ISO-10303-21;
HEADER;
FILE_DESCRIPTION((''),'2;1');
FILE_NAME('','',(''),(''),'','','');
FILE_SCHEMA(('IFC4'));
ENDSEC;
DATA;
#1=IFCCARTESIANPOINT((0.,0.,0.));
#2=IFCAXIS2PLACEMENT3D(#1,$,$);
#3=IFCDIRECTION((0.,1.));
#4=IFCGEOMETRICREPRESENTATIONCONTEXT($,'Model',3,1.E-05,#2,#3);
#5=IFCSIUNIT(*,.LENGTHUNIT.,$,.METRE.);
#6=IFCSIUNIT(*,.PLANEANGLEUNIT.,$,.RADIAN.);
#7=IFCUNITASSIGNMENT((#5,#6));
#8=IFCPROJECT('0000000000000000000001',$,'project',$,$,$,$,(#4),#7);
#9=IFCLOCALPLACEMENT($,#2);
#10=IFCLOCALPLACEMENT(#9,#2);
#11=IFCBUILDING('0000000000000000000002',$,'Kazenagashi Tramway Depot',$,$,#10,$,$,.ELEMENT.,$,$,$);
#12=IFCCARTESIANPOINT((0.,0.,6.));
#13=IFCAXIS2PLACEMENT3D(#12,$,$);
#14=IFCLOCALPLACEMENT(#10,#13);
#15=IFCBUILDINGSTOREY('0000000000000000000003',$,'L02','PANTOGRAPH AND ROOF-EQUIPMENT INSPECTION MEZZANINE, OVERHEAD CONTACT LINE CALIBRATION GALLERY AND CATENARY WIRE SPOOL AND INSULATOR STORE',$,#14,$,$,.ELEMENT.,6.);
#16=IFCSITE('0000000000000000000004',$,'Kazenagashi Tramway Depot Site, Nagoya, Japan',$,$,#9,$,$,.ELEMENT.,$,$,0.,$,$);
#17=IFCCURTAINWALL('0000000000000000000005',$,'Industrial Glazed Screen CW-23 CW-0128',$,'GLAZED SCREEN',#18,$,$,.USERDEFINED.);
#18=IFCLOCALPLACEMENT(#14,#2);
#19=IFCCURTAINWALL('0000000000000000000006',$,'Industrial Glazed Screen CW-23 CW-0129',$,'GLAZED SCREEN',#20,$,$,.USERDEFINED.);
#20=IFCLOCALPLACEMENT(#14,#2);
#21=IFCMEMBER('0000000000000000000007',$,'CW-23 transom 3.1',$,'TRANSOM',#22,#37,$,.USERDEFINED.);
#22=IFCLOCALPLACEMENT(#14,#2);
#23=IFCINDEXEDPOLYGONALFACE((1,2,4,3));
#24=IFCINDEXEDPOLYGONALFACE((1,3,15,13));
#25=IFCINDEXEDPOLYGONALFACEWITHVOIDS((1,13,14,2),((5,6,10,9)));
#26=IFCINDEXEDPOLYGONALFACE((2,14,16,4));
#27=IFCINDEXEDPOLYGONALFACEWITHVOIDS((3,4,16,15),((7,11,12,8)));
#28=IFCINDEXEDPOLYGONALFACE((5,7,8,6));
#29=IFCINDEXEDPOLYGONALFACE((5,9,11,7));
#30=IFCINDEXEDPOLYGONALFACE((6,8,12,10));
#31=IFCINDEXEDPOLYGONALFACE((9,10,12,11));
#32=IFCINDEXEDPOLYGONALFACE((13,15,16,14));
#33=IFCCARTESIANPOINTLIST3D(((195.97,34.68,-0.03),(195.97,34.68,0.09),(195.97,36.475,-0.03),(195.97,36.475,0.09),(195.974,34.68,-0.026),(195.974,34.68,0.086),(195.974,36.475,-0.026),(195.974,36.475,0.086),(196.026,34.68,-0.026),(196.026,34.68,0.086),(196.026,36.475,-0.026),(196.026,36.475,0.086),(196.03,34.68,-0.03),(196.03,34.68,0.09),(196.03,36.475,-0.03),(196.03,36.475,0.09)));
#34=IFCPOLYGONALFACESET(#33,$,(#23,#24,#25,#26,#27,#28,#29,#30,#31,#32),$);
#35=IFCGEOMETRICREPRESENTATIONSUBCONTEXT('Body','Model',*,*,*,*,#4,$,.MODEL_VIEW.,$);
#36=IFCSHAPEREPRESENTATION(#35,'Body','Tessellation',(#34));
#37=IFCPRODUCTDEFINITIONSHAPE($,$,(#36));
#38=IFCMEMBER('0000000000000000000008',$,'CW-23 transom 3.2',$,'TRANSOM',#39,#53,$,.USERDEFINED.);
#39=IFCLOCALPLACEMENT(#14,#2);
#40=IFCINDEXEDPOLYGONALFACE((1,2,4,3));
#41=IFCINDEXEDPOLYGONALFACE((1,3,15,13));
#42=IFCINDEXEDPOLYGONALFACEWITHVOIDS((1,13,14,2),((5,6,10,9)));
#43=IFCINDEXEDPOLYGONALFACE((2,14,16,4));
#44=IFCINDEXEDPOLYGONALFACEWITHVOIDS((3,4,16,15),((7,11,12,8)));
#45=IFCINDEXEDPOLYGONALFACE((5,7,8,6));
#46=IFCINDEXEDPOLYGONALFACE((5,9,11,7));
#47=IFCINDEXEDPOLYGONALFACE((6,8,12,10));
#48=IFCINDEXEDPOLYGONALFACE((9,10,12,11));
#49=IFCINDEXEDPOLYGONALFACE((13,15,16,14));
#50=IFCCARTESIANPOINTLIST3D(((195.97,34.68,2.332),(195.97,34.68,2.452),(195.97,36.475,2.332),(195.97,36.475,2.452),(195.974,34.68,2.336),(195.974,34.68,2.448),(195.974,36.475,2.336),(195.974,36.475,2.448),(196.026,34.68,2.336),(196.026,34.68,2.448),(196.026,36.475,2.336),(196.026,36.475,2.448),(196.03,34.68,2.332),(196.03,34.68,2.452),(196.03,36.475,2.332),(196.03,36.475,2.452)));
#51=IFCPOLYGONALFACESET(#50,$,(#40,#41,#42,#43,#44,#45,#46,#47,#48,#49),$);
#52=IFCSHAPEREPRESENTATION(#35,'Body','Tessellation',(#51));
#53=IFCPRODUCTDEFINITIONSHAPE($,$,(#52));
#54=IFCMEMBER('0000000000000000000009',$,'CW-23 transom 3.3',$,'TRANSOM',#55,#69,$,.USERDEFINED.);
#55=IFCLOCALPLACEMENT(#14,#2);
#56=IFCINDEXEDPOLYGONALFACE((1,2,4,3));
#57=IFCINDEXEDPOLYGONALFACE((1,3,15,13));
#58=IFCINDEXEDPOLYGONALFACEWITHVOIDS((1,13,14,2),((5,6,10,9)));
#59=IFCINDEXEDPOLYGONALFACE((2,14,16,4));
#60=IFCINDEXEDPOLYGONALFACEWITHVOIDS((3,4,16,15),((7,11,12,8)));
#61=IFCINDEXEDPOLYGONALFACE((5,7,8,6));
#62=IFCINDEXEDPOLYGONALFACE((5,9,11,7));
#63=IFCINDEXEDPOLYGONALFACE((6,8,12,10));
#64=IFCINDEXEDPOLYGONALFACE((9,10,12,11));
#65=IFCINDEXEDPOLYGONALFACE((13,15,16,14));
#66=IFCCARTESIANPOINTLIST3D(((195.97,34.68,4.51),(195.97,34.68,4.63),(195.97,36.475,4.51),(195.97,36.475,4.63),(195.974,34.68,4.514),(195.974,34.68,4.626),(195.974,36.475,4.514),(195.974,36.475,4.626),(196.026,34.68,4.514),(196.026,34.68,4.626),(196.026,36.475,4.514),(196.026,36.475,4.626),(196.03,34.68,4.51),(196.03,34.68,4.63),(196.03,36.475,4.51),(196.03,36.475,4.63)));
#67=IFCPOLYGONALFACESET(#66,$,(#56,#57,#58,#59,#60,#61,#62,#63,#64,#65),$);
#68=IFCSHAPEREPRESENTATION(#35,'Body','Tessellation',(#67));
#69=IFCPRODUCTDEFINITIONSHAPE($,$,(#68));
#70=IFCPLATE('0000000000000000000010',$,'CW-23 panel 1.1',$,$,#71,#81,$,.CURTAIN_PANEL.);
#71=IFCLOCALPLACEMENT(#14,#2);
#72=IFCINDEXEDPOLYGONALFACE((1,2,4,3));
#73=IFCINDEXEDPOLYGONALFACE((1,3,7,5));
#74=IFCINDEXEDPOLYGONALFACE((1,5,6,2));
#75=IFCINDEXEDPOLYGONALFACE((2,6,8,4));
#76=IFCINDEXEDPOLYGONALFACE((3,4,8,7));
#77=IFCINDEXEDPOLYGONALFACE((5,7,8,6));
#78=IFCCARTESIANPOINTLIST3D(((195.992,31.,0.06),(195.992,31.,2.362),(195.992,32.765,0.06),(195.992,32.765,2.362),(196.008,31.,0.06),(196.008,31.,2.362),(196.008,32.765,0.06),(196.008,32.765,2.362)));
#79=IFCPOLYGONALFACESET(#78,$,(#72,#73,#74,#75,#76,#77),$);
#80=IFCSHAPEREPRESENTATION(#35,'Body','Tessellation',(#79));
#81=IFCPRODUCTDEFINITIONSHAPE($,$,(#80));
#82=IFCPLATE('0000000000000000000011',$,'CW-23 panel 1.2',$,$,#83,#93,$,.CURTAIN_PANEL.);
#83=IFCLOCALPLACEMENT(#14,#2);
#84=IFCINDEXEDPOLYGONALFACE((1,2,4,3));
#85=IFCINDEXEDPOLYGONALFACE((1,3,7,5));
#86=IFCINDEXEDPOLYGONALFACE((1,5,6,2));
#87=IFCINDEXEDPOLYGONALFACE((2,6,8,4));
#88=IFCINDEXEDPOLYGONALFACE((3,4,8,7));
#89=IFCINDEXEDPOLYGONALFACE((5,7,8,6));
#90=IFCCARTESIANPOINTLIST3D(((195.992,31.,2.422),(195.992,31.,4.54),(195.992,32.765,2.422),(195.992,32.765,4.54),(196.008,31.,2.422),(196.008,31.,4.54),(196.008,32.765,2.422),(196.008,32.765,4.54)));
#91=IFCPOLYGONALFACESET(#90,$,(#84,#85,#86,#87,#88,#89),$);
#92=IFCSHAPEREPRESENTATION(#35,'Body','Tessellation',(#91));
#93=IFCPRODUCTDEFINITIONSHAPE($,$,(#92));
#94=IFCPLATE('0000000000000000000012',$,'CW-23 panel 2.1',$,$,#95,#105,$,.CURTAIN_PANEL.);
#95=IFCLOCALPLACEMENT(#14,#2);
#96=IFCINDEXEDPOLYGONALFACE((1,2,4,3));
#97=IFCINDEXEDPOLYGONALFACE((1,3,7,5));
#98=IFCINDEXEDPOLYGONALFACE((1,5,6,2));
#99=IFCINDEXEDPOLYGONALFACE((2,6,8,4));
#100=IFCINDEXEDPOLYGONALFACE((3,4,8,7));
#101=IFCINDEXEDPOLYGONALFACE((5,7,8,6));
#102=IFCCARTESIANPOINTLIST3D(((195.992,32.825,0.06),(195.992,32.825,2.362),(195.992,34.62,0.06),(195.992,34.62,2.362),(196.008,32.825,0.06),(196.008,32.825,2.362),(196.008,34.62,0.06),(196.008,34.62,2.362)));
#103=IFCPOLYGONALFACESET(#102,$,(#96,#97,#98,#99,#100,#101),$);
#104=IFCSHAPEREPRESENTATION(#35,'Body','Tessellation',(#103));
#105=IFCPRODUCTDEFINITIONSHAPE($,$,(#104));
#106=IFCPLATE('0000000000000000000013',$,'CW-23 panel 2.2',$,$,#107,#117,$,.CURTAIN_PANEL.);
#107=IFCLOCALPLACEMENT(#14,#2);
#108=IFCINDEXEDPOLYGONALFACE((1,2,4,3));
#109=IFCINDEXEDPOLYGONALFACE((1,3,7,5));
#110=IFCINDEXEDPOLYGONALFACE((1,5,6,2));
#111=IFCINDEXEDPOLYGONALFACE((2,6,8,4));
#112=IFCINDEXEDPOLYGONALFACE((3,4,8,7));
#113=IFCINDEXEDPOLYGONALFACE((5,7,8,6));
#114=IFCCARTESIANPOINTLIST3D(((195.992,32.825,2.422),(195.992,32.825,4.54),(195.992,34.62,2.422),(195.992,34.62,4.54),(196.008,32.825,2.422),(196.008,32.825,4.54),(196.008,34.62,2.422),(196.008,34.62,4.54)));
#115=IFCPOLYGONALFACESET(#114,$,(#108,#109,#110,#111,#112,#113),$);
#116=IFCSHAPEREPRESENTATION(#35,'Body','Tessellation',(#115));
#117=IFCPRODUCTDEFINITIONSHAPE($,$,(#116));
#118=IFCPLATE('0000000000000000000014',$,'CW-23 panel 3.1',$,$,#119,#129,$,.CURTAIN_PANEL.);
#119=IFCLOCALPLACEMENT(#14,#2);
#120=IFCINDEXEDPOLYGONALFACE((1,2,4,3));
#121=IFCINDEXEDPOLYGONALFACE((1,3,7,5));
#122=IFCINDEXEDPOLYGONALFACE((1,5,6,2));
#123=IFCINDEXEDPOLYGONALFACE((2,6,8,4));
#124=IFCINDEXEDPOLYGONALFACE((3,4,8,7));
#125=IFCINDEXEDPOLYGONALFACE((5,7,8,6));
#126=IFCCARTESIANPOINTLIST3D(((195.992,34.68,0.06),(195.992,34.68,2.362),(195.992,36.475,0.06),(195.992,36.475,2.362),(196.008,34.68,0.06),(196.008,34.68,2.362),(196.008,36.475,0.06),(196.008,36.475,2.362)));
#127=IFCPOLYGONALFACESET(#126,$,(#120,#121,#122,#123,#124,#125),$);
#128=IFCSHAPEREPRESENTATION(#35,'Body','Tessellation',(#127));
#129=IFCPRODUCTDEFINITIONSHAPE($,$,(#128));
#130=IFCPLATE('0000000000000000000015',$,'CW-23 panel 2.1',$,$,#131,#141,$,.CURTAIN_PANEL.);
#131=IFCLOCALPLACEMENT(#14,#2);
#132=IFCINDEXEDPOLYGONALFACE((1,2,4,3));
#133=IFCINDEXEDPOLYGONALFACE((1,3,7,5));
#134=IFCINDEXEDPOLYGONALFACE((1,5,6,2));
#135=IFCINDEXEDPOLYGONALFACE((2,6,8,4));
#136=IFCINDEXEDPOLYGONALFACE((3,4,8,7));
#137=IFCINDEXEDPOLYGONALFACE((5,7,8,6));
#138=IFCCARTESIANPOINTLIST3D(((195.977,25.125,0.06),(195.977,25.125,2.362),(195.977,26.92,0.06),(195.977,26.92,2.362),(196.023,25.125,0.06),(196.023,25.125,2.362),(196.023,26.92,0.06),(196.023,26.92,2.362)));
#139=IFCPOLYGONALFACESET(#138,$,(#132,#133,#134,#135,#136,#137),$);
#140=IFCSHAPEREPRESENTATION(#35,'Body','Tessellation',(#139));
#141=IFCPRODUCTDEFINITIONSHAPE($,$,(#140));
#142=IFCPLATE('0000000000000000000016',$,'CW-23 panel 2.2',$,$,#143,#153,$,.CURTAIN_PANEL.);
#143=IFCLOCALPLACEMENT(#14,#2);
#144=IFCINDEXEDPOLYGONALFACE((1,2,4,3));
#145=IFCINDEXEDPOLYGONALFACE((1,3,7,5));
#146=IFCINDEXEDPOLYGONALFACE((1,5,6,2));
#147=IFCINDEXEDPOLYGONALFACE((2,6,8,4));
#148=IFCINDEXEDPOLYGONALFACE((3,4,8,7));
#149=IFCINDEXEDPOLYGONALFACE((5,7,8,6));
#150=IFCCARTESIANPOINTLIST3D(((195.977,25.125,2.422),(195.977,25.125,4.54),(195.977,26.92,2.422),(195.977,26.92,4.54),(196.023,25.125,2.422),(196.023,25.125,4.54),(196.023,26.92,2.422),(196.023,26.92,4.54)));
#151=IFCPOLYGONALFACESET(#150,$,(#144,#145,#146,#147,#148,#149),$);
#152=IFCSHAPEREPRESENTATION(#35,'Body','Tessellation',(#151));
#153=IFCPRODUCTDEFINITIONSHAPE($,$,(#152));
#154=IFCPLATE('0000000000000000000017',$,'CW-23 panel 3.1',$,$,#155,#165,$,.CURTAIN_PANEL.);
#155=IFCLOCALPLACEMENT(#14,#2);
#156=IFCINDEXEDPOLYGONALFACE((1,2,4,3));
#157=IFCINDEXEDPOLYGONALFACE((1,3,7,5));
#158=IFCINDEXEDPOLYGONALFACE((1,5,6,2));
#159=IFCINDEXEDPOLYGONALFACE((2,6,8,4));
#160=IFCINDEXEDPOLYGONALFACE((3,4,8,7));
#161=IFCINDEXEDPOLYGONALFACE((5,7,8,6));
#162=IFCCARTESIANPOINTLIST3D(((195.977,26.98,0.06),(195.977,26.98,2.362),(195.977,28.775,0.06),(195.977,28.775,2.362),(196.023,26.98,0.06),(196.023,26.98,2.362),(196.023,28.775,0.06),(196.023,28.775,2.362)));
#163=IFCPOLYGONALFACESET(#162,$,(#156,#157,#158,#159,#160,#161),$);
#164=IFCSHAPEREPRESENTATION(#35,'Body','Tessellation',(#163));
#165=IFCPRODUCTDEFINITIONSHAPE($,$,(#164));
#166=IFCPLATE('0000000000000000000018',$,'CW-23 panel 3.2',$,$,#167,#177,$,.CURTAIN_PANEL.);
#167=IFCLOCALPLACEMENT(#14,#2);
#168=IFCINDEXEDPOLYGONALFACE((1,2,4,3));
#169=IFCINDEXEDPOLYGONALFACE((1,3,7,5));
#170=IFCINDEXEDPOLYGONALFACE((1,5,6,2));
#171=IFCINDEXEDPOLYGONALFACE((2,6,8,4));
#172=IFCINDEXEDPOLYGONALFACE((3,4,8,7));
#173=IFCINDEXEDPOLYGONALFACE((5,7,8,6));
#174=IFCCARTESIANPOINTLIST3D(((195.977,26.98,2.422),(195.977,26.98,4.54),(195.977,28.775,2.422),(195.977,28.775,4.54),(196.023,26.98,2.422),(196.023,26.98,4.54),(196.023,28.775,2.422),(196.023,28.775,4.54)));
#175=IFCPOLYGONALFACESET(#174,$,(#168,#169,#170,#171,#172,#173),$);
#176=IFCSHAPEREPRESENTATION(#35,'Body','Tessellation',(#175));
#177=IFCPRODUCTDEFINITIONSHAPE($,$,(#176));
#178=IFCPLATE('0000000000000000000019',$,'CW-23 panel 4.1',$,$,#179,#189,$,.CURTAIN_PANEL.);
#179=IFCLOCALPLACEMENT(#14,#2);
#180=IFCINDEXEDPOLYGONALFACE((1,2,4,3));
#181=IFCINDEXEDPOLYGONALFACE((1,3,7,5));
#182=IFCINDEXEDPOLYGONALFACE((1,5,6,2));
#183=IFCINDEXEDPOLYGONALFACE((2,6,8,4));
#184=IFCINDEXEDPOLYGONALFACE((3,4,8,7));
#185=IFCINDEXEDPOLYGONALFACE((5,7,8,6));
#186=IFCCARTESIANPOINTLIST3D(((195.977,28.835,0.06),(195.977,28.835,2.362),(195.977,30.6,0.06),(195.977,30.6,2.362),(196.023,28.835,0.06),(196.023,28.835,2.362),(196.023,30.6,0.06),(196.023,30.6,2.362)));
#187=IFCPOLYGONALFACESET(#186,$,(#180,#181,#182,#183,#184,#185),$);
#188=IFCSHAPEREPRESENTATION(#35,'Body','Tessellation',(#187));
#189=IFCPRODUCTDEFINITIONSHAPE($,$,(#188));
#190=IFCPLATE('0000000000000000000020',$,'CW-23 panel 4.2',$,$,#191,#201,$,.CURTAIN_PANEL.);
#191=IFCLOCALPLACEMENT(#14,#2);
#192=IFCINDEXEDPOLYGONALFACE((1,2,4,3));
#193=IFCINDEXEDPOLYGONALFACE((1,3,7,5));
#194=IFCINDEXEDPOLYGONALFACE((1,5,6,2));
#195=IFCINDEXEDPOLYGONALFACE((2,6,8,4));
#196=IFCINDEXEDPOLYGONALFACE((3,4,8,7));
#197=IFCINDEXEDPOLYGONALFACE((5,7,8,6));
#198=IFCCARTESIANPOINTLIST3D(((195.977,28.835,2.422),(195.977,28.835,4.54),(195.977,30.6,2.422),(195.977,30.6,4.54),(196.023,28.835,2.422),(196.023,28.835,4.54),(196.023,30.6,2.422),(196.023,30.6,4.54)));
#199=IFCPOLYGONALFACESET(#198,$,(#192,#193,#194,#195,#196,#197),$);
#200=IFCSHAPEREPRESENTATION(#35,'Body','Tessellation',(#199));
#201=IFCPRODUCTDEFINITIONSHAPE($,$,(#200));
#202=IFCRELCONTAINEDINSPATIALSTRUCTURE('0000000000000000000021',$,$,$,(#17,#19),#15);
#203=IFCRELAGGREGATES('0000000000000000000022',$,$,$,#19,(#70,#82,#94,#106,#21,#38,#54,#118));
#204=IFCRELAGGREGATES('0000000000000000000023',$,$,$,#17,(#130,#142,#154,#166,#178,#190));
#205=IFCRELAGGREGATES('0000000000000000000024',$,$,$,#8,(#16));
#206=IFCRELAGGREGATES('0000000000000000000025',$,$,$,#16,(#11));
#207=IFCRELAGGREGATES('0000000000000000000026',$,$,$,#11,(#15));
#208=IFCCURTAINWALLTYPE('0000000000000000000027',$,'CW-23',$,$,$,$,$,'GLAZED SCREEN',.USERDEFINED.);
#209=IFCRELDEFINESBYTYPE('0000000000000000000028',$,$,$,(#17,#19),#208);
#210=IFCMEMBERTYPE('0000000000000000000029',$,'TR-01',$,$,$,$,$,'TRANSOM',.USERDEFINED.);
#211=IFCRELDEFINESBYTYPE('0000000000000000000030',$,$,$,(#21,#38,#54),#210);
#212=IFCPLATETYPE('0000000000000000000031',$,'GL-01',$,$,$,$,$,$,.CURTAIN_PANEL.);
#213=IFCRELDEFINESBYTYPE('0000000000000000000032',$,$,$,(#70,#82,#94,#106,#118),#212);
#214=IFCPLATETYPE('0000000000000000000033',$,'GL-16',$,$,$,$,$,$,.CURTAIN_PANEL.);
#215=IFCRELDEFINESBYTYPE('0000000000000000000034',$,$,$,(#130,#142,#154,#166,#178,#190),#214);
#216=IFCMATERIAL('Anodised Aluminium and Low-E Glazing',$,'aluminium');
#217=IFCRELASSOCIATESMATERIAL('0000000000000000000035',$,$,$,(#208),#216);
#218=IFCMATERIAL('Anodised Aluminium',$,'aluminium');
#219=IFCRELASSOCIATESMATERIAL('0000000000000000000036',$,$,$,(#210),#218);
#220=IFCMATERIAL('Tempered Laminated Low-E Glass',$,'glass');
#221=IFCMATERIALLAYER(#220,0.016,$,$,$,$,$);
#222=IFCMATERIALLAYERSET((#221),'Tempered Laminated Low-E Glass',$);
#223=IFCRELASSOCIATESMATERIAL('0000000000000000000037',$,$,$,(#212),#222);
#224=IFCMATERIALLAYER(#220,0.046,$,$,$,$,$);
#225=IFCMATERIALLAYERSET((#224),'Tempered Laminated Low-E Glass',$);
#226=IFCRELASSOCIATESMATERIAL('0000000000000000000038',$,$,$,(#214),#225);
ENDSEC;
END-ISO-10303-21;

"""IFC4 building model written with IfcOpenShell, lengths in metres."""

from ifc_helpers import new_model, si_unit, direction, frame, origin, origin_2d, place, context, subcontext, project, spatial, rectangle, hollow_rectangle, extrude, material, layer, layer_set, material_profile, profile_set, type_object, element, aggregate, save


model = new_model("IFC4")

# Units and contexts
model_context = context("Model", 3, precision=1e-05, world=origin(), true_north=direction((0.0, 1.0)))
body_context = subcontext(model_context, "Body", "Model", "MODEL_VIEW")
ifc_project = project(units=[si_unit("LENGTHUNIT", "METRE"), si_unit("PLANEANGLEUNIT", "RADIAN")], contexts=[model_context])

# Site, building, storey
site_placement = place(None, origin())
site = spatial("IfcSite", under=ifc_project, at=site_placement, Name="Kazenagashi Tramway Depot Site, Nagoya, Japan", CompositionType="ELEMENT", RefElevation=0.0)
building_placement = place(site_placement, origin())
building = spatial("IfcBuilding", under=site, at=building_placement, Name="Kazenagashi Tramway Depot", CompositionType="ELEMENT")
storey_placement = place(building_placement, frame((0.0, 0.0, 6.0)))
storey = spatial("IfcBuildingStorey", under=building, at=storey_placement, Name="L02", Description="PANTOGRAPH AND ROOF-EQUIPMENT INSPECTION MEZZANINE, OVERHEAD CONTACT LINE CALIBRATION GALLERY AND CATENARY WIRE SPOOL AND INSULATOR STORE", CompositionType="ELEMENT", Elevation=6.0)

# Curtain walls
ifc_material_1 = material(Name="Anodised Aluminium and Low-E Glazing", Category="aluminium")
curtain_wall_type = type_object("IfcCurtainWallType", Name="CW-23", ElementType="GLAZED SCREEN", PredefinedType="USERDEFINED", material=ifc_material_1)
curtain_wall_1_placement = place(storey_placement, origin())
curtain_wall_1 = element("IfcCurtainWall", 1, at=curtain_wall_1_placement, inside=storey, type_object=curtain_wall_type, Name="Industrial Glazed Screen CW-23 CW-0128", ObjectType="GLAZED SCREEN", PredefinedType="USERDEFINED")
ifc_material_2 = material(Name="Anodised Aluminium", Category="aluminium")
curtain_wall_2_placement = place(storey_placement, origin())
curtain_wall_2 = element("IfcCurtainWall", 2, at=curtain_wall_2_placement, inside=storey, type_object=curtain_wall_type, Name="Industrial Glazed Screen CW-23 CW-0129", ObjectType="GLAZED SCREEN", PredefinedType="USERDEFINED")

# Members
ifc_material_profile_1 = material_profile(ifc_material_2, hollow_rectangle(XDim=0.06, YDim=0.12, WallThickness=0.004, at=origin_2d()), Name="RHS-120x60x4")
ifc_profile_set_1 = profile_set([ifc_material_profile_1], Name="Anodised Aluminium")
member_type_1 = type_object("IfcMemberType", Name="TR-01", ElementType="TRANSOM", PredefinedType="USERDEFINED", material=ifc_profile_set_1)
member_1_placement = place(storey_placement, frame((196.0, 34.68, 0.03), z_axis=(0.0, 1.0, 0.0), x_axis=(-1.0, 0.0, 0.0)))
member_1 = element("IfcMember", 3, at=member_1_placement, type_object=member_type_1, Name="CW-23 transom 3.1", ObjectType="TRANSOM", PredefinedType="USERDEFINED", context=body_context, shape_type="SweptSolid", body=[
    extrude(hollow_rectangle(XDim=0.06, YDim=0.12, WallThickness=0.004, at=origin_2d()), origin(), (0.0, 0.0, 1.0), 1.795),
])
member_2_placement = place(storey_placement, frame((196.0, 34.68, 2.392), z_axis=(0.0, 1.0, 0.0), x_axis=(-1.0, 0.0, 0.0)))
member_2 = element("IfcMember", 4, at=member_2_placement, type_object=member_type_1, Name="CW-23 transom 3.2", ObjectType="TRANSOM", PredefinedType="USERDEFINED", context=body_context, shape_type="SweptSolid", body=[
    extrude(hollow_rectangle(XDim=0.06, YDim=0.12, WallThickness=0.004, at=origin_2d()), origin(), (0.0, 0.0, 1.0), 1.795),
])
member_3_placement = place(storey_placement, frame((196.0, 34.68, 4.57), z_axis=(0.0, 1.0, 0.0), x_axis=(-1.0, 0.0, 0.0)))
member_3 = element("IfcMember", 5, at=member_3_placement, type_object=member_type_1, Name="CW-23 transom 3.3", ObjectType="TRANSOM", PredefinedType="USERDEFINED", context=body_context, shape_type="SweptSolid", body=[
    extrude(hollow_rectangle(XDim=0.06, YDim=0.12, WallThickness=0.004, at=origin_2d()), origin(), (0.0, 0.0, 1.0), 1.795),
])

# Plates
ifc_material_3 = material(Name="Tempered Laminated Low-E Glass", Category="glass")
ifc_layer_1 = layer(ifc_material_3, 0.016)
ifc_layer_set_1 = layer_set([ifc_layer_1], Name="Tempered Laminated Low-E Glass")
plate_type_1 = type_object("IfcPlateType", Name="GL-01", PredefinedType="CURTAIN_PANEL", material=ifc_layer_set_1)
plate_1_placement = place(storey_placement, frame((196.0, 31.8825, 0.06), z_axis=(0.0, 0.0, 1.0), x_axis=(0.0, 1.0, 0.0)))
plate_1 = element("IfcPlate", 6, at=plate_1_placement, type_object=plate_type_1, Name="CW-23 panel 1.1", PredefinedType="CURTAIN_PANEL", context=body_context, shape_type="SweptSolid", body=[
    extrude(rectangle(XDim=1.765, YDim=0.016, at=origin_2d()), origin(), (0.0, 0.0, 1.0), 2.302),
])
plate_2_placement = place(storey_placement, frame((196.0, 31.8825, 2.422), z_axis=(0.0, 0.0, 1.0), x_axis=(0.0, 1.0, 0.0)))
plate_2 = element("IfcPlate", 7, at=plate_2_placement, type_object=plate_type_1, Name="CW-23 panel 1.2", PredefinedType="CURTAIN_PANEL", context=body_context, shape_type="SweptSolid", body=[
    extrude(rectangle(XDim=1.765, YDim=0.016, at=origin_2d()), origin(), (0.0, 0.0, 1.0), 2.118),
])
plate_3_placement = place(storey_placement, frame((196.0, 33.7225, 0.06), z_axis=(0.0, 0.0, 1.0), x_axis=(0.0, 1.0, 0.0)))
plate_3 = element("IfcPlate", 8, at=plate_3_placement, type_object=plate_type_1, Name="CW-23 panel 2.1", PredefinedType="CURTAIN_PANEL", context=body_context, shape_type="SweptSolid", body=[
    extrude(rectangle(XDim=1.795, YDim=0.016, at=origin_2d()), origin(), (0.0, 0.0, 1.0), 2.302),
])
plate_4_placement = place(storey_placement, frame((196.0, 33.7225, 2.422), z_axis=(0.0, 0.0, 1.0), x_axis=(0.0, 1.0, 0.0)))
plate_4 = element("IfcPlate", 9, at=plate_4_placement, type_object=plate_type_1, Name="CW-23 panel 2.2", PredefinedType="CURTAIN_PANEL", context=body_context, shape_type="SweptSolid", body=[
    extrude(rectangle(XDim=1.795, YDim=0.016, at=origin_2d()), origin(), (0.0, 0.0, 1.0), 2.118),
])
plate_5_placement = place(storey_placement, frame((196.0, 35.5775, 0.06), z_axis=(0.0, 0.0, 1.0), x_axis=(0.0, 1.0, 0.0)))
plate_5 = element("IfcPlate", 10, at=plate_5_placement, type_object=plate_type_1, Name="CW-23 panel 3.1", PredefinedType="CURTAIN_PANEL", context=body_context, shape_type="SweptSolid", body=[
    extrude(rectangle(XDim=1.795, YDim=0.016, at=origin_2d()), origin(), (0.0, 0.0, 1.0), 2.302),
])
aggregate(curtain_wall_2, [plate_1, plate_2, plate_3, plate_4, member_1, member_2, member_3, plate_5])
ifc_layer_2 = layer(ifc_material_3, 0.046)
ifc_layer_set_2 = layer_set([ifc_layer_2], Name="Tempered Laminated Low-E Glass")
plate_type_2 = type_object("IfcPlateType", Name="GL-16", PredefinedType="CURTAIN_PANEL", material=ifc_layer_set_2)
plate_6_placement = place(storey_placement, frame((196.0, 26.0225, 0.06), z_axis=(0.0, 0.0, 1.0), x_axis=(0.0, 1.0, 0.0)))
plate_6 = element("IfcPlate", 11, at=plate_6_placement, type_object=plate_type_2, Name="CW-23 panel 2.1", PredefinedType="CURTAIN_PANEL", context=body_context, shape_type="SweptSolid", body=[
    extrude(rectangle(XDim=1.795, YDim=0.046, at=origin_2d()), origin(), (0.0, 0.0, 1.0), 2.302),
])
plate_7_placement = place(storey_placement, frame((196.0, 26.0225, 2.422), z_axis=(0.0, 0.0, 1.0), x_axis=(0.0, 1.0, 0.0)))
plate_7 = element("IfcPlate", 12, at=plate_7_placement, type_object=plate_type_2, Name="CW-23 panel 2.2", PredefinedType="CURTAIN_PANEL", context=body_context, shape_type="SweptSolid", body=[
    extrude(rectangle(XDim=1.795, YDim=0.046, at=origin_2d()), origin(), (0.0, 0.0, 1.0), 2.118),
])
plate_8_placement = place(storey_placement, frame((196.0, 27.8775, 0.06), z_axis=(0.0, 0.0, 1.0), x_axis=(0.0, 1.0, 0.0)))
plate_8 = element("IfcPlate", 13, at=plate_8_placement, type_object=plate_type_2, Name="CW-23 panel 3.1", PredefinedType="CURTAIN_PANEL", context=body_context, shape_type="SweptSolid", body=[
    extrude(rectangle(XDim=1.795, YDim=0.046, at=origin_2d()), origin(), (0.0, 0.0, 1.0), 2.302),
])
plate_9_placement = place(storey_placement, frame((196.0, 27.8775, 2.422), z_axis=(0.0, 0.0, 1.0), x_axis=(0.0, 1.0, 0.0)))
plate_9 = element("IfcPlate", 14, at=plate_9_placement, type_object=plate_type_2, Name="CW-23 panel 3.2", PredefinedType="CURTAIN_PANEL", context=body_context, shape_type="SweptSolid", body=[
    extrude(rectangle(XDim=1.795, YDim=0.046, at=origin_2d()), origin(), (0.0, 0.0, 1.0), 2.118),
])
plate_10_placement = place(storey_placement, frame((196.0, 29.7175, 0.06), z_axis=(0.0, 0.0, 1.0), x_axis=(0.0, 1.0, 0.0)))
plate_10 = element("IfcPlate", 15, at=plate_10_placement, type_object=plate_type_2, Name="CW-23 panel 4.1", PredefinedType="CURTAIN_PANEL", context=body_context, shape_type="SweptSolid", body=[
    extrude(rectangle(XDim=1.765, YDim=0.046, at=origin_2d()), origin(), (0.0, 0.0, 1.0), 2.302),
])
plate_11_placement = place(storey_placement, frame((196.0, 29.7175, 2.422), z_axis=(0.0, 0.0, 1.0), x_axis=(0.0, 1.0, 0.0)))
plate_11 = element("IfcPlate", 16, at=plate_11_placement, type_object=plate_type_2, Name="CW-23 panel 4.2", PredefinedType="CURTAIN_PANEL", context=body_context, shape_type="SweptSolid", body=[
    extrude(rectangle(XDim=1.765, YDim=0.046, at=origin_2d()), origin(), (0.0, 0.0, 1.0), 2.118),
])
aggregate(curtain_wall_1, [plate_6, plate_7, plate_8, plate_9, plate_10, plate_11])

save(model, "model.ifc")
